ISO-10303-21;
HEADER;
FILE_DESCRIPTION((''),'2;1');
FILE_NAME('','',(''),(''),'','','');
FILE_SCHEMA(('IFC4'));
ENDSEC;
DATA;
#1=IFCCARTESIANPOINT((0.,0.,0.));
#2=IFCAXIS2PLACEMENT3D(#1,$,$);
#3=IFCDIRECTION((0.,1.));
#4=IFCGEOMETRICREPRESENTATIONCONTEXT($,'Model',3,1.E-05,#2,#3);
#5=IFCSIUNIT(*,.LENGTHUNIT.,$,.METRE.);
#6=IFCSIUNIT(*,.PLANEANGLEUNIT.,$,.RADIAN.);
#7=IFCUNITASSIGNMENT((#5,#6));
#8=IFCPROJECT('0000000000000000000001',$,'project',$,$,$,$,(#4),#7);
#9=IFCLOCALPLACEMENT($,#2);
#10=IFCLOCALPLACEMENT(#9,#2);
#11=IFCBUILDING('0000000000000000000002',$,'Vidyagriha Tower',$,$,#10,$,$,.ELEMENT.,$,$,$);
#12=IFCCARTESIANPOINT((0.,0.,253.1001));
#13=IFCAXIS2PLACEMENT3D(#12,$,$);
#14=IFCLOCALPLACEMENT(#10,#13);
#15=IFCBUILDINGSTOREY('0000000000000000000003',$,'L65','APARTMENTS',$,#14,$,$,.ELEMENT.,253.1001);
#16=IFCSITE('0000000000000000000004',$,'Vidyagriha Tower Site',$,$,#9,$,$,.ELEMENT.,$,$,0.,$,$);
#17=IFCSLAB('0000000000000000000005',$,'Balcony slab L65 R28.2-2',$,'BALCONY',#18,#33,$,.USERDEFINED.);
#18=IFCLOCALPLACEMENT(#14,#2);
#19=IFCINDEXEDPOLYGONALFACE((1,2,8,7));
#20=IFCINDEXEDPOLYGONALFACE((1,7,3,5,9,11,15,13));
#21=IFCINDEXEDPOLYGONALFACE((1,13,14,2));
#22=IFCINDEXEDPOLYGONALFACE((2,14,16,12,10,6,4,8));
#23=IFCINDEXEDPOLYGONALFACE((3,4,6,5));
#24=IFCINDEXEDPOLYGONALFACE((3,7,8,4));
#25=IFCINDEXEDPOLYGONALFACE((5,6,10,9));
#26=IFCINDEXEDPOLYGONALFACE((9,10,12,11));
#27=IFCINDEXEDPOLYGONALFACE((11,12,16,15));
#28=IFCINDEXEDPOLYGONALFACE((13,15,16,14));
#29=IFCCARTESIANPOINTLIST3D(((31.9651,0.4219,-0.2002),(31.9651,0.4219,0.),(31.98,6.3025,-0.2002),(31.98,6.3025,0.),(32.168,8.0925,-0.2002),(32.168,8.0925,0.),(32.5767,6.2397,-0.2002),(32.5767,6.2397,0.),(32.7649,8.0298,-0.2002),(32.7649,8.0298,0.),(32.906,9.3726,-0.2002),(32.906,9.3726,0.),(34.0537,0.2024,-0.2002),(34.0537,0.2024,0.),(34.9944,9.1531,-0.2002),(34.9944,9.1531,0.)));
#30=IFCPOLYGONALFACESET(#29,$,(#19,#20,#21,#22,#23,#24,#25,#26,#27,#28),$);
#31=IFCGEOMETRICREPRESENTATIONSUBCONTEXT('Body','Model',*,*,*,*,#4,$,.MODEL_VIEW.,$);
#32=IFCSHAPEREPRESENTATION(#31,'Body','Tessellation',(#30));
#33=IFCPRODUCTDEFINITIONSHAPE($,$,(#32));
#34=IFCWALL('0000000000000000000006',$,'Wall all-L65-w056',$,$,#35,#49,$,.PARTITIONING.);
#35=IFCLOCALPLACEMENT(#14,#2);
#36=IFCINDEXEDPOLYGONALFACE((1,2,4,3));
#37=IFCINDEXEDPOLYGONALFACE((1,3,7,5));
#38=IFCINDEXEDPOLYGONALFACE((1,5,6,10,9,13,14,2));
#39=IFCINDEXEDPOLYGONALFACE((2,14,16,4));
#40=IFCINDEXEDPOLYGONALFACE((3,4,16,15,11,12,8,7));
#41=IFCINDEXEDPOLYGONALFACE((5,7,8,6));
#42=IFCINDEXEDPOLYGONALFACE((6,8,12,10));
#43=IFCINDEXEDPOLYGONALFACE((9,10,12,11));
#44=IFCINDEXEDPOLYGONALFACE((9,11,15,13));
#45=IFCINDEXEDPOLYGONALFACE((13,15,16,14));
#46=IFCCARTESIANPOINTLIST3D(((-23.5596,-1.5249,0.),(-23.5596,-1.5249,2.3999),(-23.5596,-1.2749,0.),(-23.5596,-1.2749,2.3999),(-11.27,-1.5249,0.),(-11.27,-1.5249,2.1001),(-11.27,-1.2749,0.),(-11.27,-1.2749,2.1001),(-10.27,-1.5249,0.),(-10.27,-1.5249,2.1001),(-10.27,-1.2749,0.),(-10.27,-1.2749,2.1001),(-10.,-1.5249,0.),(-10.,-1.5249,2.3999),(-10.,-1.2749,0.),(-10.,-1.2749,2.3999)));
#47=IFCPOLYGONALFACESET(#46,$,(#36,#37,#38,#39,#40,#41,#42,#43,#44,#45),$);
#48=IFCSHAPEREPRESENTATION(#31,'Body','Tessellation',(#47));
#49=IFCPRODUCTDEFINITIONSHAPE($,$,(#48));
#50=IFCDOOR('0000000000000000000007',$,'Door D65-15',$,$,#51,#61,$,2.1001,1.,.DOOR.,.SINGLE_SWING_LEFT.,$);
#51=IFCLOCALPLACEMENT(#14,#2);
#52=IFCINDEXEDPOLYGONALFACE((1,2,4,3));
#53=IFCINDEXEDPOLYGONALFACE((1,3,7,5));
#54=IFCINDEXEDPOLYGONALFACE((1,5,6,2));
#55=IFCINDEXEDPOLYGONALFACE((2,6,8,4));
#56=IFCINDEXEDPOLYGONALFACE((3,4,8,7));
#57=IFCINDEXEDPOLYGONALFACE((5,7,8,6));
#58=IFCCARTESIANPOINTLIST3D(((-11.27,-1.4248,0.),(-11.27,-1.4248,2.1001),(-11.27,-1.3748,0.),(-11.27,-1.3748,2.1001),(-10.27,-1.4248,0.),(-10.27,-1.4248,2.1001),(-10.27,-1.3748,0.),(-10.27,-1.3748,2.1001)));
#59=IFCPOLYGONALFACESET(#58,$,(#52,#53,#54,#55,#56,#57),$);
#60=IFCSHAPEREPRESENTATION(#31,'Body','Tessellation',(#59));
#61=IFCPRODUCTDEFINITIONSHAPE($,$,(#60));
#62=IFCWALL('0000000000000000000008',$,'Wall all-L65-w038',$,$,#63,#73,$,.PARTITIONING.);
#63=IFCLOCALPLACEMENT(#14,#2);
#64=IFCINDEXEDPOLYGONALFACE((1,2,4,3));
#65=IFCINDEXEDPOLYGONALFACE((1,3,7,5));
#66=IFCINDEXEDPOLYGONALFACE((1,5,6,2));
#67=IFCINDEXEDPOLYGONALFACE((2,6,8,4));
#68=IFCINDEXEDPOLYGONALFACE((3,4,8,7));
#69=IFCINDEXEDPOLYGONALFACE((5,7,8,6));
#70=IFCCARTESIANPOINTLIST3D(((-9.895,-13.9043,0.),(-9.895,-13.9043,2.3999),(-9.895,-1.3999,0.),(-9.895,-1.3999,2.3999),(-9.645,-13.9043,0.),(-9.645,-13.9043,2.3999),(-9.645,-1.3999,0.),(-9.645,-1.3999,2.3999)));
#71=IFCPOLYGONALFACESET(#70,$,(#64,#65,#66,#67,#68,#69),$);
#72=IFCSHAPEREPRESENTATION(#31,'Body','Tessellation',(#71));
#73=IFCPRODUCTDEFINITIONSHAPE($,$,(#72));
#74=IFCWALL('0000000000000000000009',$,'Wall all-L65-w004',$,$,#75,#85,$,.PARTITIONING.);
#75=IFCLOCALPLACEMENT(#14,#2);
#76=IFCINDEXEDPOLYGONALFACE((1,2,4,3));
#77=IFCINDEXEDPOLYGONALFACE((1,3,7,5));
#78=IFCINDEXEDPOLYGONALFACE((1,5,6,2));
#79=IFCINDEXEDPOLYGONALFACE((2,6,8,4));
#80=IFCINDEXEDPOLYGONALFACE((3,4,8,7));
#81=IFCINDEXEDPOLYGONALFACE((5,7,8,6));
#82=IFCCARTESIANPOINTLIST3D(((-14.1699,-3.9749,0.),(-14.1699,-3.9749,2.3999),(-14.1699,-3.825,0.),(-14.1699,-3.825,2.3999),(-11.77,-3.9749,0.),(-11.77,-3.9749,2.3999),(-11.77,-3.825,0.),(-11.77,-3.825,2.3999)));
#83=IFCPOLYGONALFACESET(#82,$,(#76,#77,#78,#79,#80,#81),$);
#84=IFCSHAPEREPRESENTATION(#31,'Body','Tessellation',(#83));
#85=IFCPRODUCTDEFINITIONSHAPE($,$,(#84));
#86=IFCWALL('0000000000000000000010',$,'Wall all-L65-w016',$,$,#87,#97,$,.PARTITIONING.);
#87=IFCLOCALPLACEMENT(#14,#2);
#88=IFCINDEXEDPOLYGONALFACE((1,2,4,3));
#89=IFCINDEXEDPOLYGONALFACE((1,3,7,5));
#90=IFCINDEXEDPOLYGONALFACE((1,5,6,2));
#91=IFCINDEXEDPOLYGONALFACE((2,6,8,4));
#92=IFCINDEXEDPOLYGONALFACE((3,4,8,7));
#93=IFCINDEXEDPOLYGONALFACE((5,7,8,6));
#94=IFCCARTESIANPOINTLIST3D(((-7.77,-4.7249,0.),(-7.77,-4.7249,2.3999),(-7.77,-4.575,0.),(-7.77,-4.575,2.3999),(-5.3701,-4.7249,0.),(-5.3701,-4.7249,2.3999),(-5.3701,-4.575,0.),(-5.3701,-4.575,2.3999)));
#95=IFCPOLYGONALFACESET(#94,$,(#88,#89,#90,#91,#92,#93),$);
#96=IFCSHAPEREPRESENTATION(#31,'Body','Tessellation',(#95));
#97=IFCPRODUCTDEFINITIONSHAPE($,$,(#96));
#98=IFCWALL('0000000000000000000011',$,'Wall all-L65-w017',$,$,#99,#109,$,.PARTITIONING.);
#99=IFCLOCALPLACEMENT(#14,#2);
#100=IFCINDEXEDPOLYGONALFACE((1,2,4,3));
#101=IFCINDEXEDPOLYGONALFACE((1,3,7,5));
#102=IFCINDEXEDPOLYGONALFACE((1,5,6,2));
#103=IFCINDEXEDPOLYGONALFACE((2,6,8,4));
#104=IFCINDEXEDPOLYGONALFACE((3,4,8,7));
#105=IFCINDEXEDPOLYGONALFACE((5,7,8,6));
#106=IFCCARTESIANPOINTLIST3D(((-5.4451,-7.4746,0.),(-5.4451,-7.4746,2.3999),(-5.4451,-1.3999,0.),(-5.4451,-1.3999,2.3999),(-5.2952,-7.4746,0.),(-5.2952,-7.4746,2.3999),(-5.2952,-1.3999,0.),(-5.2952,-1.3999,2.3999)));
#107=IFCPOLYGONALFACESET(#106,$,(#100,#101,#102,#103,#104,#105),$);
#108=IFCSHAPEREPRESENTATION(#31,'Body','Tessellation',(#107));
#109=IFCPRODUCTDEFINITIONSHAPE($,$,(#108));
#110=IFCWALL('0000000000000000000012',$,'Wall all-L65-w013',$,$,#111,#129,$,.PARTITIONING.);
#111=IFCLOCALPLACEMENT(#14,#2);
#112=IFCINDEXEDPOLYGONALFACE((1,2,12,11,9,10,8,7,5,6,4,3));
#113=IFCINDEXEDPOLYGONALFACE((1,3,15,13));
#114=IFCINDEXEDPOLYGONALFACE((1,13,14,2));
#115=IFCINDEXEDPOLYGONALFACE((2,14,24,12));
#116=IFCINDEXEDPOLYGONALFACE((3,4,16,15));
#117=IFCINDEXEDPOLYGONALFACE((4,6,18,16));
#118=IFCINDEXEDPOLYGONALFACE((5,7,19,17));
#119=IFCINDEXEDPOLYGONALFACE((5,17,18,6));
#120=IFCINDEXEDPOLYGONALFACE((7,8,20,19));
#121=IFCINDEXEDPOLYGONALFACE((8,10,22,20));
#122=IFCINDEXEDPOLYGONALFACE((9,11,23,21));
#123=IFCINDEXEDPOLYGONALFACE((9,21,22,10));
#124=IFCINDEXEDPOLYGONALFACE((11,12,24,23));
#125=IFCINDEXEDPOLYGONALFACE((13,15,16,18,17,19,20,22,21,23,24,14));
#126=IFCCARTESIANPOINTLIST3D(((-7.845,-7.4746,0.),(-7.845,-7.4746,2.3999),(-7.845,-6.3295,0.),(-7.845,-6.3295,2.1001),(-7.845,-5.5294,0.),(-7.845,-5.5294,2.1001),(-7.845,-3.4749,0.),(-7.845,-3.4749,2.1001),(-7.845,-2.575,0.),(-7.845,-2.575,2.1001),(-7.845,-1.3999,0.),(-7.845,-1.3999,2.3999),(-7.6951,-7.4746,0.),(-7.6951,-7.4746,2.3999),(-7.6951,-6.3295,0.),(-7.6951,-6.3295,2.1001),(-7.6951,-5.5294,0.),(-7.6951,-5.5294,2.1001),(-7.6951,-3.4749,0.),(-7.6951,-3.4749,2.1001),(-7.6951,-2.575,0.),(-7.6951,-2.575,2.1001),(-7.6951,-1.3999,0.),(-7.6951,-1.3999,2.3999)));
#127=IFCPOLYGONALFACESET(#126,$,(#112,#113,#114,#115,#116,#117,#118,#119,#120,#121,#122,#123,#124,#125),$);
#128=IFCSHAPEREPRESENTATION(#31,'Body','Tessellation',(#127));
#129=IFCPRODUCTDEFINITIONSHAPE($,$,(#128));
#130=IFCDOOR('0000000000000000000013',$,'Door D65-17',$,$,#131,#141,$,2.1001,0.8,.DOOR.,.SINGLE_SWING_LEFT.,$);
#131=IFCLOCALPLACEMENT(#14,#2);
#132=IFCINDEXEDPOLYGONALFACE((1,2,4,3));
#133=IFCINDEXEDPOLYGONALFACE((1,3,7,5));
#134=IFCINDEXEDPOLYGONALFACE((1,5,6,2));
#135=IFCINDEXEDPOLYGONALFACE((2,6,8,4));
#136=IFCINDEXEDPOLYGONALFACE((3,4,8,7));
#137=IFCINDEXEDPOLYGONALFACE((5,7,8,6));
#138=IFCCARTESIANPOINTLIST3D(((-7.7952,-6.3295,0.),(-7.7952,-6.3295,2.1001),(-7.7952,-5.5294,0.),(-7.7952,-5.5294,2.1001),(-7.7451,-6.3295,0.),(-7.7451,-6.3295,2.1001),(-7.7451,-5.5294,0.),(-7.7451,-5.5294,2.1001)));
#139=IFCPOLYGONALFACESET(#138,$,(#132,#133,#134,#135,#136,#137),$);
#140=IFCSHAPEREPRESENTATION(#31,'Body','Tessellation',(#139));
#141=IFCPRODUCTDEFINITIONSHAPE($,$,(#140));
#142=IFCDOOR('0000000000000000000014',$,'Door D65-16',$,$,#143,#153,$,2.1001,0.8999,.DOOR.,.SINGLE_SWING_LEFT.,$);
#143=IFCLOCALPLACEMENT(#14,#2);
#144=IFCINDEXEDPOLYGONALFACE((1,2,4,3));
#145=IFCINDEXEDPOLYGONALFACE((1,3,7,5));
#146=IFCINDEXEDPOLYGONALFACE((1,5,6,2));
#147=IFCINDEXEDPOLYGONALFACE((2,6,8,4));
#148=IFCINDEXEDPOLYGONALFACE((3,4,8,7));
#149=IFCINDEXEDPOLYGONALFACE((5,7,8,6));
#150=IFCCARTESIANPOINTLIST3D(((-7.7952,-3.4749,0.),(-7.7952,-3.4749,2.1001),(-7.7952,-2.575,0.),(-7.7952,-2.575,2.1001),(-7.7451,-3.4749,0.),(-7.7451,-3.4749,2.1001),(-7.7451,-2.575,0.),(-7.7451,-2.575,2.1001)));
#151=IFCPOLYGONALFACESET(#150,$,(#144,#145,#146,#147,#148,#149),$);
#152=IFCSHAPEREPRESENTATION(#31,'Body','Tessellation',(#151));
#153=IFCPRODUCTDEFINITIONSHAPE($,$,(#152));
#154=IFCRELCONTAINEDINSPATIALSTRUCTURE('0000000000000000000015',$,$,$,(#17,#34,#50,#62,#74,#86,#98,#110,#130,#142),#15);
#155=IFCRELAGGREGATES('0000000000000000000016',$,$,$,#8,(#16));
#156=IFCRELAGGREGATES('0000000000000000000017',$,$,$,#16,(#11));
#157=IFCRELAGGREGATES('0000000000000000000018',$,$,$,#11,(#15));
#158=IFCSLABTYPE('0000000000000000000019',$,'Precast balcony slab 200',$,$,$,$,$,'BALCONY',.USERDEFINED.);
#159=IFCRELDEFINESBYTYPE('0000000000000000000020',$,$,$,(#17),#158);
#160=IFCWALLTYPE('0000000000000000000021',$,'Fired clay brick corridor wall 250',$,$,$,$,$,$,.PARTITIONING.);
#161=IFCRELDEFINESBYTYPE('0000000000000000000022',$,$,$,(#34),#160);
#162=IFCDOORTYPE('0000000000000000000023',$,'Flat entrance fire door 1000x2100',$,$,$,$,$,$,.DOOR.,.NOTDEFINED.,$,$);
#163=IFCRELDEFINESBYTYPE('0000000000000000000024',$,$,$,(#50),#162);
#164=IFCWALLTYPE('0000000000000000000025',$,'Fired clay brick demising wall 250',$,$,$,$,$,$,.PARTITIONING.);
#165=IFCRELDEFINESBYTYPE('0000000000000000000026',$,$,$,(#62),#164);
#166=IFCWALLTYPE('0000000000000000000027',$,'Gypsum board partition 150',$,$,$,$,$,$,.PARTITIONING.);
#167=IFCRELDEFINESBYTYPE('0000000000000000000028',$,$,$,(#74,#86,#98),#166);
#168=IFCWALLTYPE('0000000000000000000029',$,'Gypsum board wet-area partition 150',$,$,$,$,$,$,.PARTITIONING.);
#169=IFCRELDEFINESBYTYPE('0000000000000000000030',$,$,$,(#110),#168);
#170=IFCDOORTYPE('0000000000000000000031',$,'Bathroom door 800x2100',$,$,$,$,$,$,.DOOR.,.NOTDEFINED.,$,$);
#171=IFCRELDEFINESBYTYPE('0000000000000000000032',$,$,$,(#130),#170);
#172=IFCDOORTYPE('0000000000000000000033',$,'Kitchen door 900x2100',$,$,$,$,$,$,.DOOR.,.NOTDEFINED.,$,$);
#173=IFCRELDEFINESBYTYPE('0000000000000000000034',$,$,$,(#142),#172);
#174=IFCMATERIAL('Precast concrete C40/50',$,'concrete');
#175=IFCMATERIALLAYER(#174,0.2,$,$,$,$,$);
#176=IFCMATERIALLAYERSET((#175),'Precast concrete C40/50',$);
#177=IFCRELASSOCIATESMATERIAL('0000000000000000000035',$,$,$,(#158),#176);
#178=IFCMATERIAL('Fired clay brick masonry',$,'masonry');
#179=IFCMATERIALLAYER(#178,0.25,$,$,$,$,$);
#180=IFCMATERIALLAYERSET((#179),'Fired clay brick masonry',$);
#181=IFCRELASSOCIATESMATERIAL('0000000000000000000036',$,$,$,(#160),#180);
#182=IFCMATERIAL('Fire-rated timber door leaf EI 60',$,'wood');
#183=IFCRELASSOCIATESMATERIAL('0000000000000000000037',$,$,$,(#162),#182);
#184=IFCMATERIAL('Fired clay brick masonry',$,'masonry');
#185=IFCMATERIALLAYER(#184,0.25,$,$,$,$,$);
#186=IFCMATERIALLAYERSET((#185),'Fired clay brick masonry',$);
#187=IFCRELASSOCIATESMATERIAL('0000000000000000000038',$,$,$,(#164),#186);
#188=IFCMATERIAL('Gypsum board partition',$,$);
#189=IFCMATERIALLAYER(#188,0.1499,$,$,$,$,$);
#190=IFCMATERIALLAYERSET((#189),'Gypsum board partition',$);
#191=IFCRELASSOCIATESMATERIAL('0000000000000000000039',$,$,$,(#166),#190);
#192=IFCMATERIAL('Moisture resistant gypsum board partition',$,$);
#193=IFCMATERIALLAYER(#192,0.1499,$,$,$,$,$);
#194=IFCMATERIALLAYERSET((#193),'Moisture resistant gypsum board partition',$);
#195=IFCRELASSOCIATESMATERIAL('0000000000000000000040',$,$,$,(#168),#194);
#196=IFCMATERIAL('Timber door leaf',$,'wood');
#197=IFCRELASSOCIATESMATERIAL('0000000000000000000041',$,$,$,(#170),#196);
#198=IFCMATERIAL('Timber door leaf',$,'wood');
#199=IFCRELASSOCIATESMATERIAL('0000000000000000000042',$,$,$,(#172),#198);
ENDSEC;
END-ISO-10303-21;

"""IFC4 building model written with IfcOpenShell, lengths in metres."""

from ifc_helpers import new_model, si_unit, direction, frame, frame_2d, origin, place, context, subcontext, project, spatial, polyline, rectangle, outline, extrude, material, layer, layer_set, type_object, element, fill, save


model = new_model("IFC4")

# Units and contexts
model_context = context("Model", 3, precision=1e-05, world=origin(), true_north=direction((0.0, 1.0)))
body_context = subcontext(model_context, "Body", "Model", "MODEL_VIEW")
ifc_project = project(units=[si_unit("LENGTHUNIT", "METRE"), si_unit("PLANEANGLEUNIT", "RADIAN")], contexts=[model_context])

# Site, building, storey
site_placement = place(None, origin())
site = spatial("IfcSite", under=ifc_project, at=site_placement, Name="Vidyagriha Tower Site", CompositionType="ELEMENT", RefElevation=0.0)
building_placement = place(site_placement, origin())
building = spatial("IfcBuilding", under=site, at=building_placement, Name="Vidyagriha Tower", CompositionType="ELEMENT")
storey_placement = place(building_placement, frame((0.0, 0.0, 253.1001)))
storey = spatial("IfcBuildingStorey", under=building, at=storey_placement, Name="L65", Description="APARTMENTS", CompositionType="ELEMENT", Elevation=253.1001)

# Slab
ifc_material_1 = material(Name="Precast concrete C40/50", Category="concrete")
ifc_layer_1 = layer(ifc_material_1, 0.2)
ifc_layer_set_1 = layer_set([ifc_layer_1], Name="Precast concrete C40/50")
slab_type_1 = type_object("IfcSlabType", Name="Precast balcony slab 200", ElementType="BALCONY", PredefinedType="USERDEFINED", material=ifc_layer_set_1)
slab_1_placement = place(storey_placement, frame((0.0, 0.0, -0.2002)))
element("IfcSlab", 1, at=slab_1_placement, inside=storey, type_object=slab_type_1, Name="Balcony slab L65 R28.2-2", ObjectType="BALCONY", PredefinedType="USERDEFINED", context=body_context, shape_type="SweptSolid", body=[
    extrude(outline(polyline([(32.5767, 6.2397), (31.9651, 0.4219), (34.0537, 0.2024), (34.9944, 9.1531), (32.906, 9.3726), (32.7649, 8.0298), (32.168, 8.0925), (31.98, 6.3025), (32.5767, 6.2397)])), origin(), (0.0, 0.0, 1.0), 0.2002),
])

# Wall, opening, door
ifc_material_2 = material(Name="Fired clay brick masonry", Category="masonry")
ifc_layer_2 = layer(ifc_material_2, 0.25)
ifc_layer_set_2 = layer_set([ifc_layer_2], Name="Fired clay brick masonry")
wall_type_1 = type_object("IfcWallType", Name="Fired clay brick corridor wall 250", PredefinedType="PARTITIONING", material=ifc_layer_set_2)
wall_1_placement = place(storey_placement, frame((-10.0, -1.3999, 0.0), z_axis=(0.0, 0.0, 1.0), x_axis=(-1.0, 0.0, 0.0)))
wall_1 = element("IfcWall", 2, at=wall_1_placement, inside=storey, type_object=wall_type_1, Name="Wall all-L65-w056", PredefinedType="PARTITIONING", context=body_context, shape_type="SweptSolid", body=[
    extrude(rectangle(XDim=13.5596, YDim=0.25, at=frame_2d((6.7798, 0.0))), origin(), (0.0, 0.0, 1.0), 2.3999),
])
opening_1_placement = place(wall_1_placement, frame((0.27, 0.0, 0.0)))
opening_1 = element("IfcOpeningElement", 3, at=opening_1_placement, cuts=wall_1, PredefinedType="OPENING", context=body_context, shape_type="SweptSolid", body=[
    extrude(rectangle(XDim=1.0, YDim=2.1001, at=frame_2d((0.5, 1.05))), frame((0.0, 0.135, 0.0), z_axis=(0.0, -1.0, 0.0), x_axis=(1.0, 0.0, 0.0)), (0.0, 0.0, 1.0), 0.27),
])
ifc_material_3 = material(Name="Fire-rated timber door leaf EI 60", Category="wood")
door_type_1 = type_object("IfcDoorType", Name="Flat entrance fire door 1000x2100", OperationType="NOTDEFINED", PredefinedType="DOOR", material=ifc_material_3)
door_1_placement = place(opening_1_placement, origin())
door_1 = element("IfcDoor", 4, at=door_1_placement, inside=storey, type_object=door_type_1, Name="Door D65-15", OperationType="SINGLE_SWING_LEFT", OverallHeight=2.1001, OverallWidth=1.0, PredefinedType="DOOR", context=body_context, shape_type="SweptSolid", body=[
    extrude(rectangle(XDim=1.0, YDim=2.1001, at=frame_2d((0.5, 1.05))), frame((0.0, 0.0249, 0.0), z_axis=(0.0, -1.0, 0.0), x_axis=(1.0, 0.0, 0.0)), (0.0, 0.0, 1.0), 0.05),
])
fill(opening_1, door_1)

# Walls
ifc_material_4 = material(Name="Fired clay brick masonry", Category="masonry")
ifc_layer_3 = layer(ifc_material_4, 0.25)
ifc_layer_set_3 = layer_set([ifc_layer_3], Name="Fired clay brick masonry")
wall_type_2 = type_object("IfcWallType", Name="Fired clay brick demising wall 250", PredefinedType="PARTITIONING", material=ifc_layer_set_3)
wall_2_placement = place(storey_placement, frame((-9.77, -1.3999, 0.0), z_axis=(0.0, 0.0, 1.0), x_axis=(0.0, -1.0, 0.0)))
element("IfcWall", 5, at=wall_2_placement, inside=storey, type_object=wall_type_2, Name="Wall all-L65-w038", PredefinedType="PARTITIONING", context=body_context, shape_type="SweptSolid", body=[
    extrude(rectangle(XDim=12.5044, YDim=0.25, at=frame_2d((6.2522, 0.0))), origin(), (0.0, 0.0, 1.0), 2.3999),
])
ifc_material_5 = material(Name="Gypsum board partition")
ifc_layer_4 = layer(ifc_material_5, 0.1499)
ifc_layer_set_4 = layer_set([ifc_layer_4], Name="Gypsum board partition")
wall_type_3 = type_object("IfcWallType", Name="Gypsum board partition 150", PredefinedType="PARTITIONING", material=ifc_layer_set_4)
for number, where, z_axis, x_axis, name in (
    (6, (-11.77, -3.8999, 0.0), (0.0, 0.0, 1.0), (-1.0, 0.0, 0.0), "Wall all-L65-w004"),
    (7, (-5.3701, -4.6499, 0.0), (0.0, 0.0, 1.0), (-1.0, 0.0, 0.0), "Wall all-L65-w016"),
):
    element("IfcWall", number, at=place(storey_placement, frame(where, z_axis=z_axis, x_axis=x_axis)), inside=storey, type_object=wall_type_3, Name=name, PredefinedType="PARTITIONING", context=body_context, shape_type="SweptSolid", body=[
        extrude(rectangle(XDim=2.3999, YDim=0.1499, at=frame_2d((1.2, 0.0))), origin(), (0.0, 0.0, 1.0), 2.3999),
    ])
wall_3_placement = place(storey_placement, frame((-5.3701, -1.3999, 0.0), z_axis=(0.0, 0.0, 1.0), x_axis=(0.0, -1.0, 0.0)))
element("IfcWall", 8, at=wall_3_placement, inside=storey, type_object=wall_type_3, Name="Wall all-L65-w017", PredefinedType="PARTITIONING", context=body_context, shape_type="SweptSolid", body=[
    extrude(rectangle(XDim=6.0747, YDim=0.1499, at=frame_2d((3.0374, 0.0))), origin(), (0.0, 0.0, 1.0), 2.3999),
])

# Wall, openings, doors
ifc_material_6 = material(Name="Moisture resistant gypsum board partition")
ifc_layer_5 = layer(ifc_material_6, 0.1499)
ifc_layer_set_5 = layer_set([ifc_layer_5], Name="Moisture resistant gypsum board partition")
wall_type_4 = type_object("IfcWallType", Name="Gypsum board wet-area partition 150", PredefinedType="PARTITIONING", material=ifc_layer_set_5)
wall_4_placement = place(storey_placement, frame((-7.77, -1.3999, 0.0), z_axis=(0.0, 0.0, 1.0), x_axis=(0.0, -1.0, 0.0)))
wall_4 = element("IfcWall", 9, at=wall_4_placement, inside=storey, type_object=wall_type_4, Name="Wall all-L65-w013", PredefinedType="PARTITIONING", context=body_context, shape_type="SweptSolid", body=[
    extrude(rectangle(XDim=6.0747, YDim=0.1499, at=frame_2d((3.0374, 0.0))), origin(), (0.0, 0.0, 1.0), 2.3999),
])
opening_2_placement = place(wall_4_placement, frame((1.175, 0.0, 0.0)))
opening_2 = element("IfcOpeningElement", 10, at=opening_2_placement, cuts=wall_4, PredefinedType="OPENING", context=body_context, shape_type="SweptSolid", body=[
    extrude(rectangle(XDim=0.8999, YDim=2.1001, at=frame_2d((0.45, 1.05))), frame((0.0, 0.085, 0.0), z_axis=(0.0, -1.0, 0.0), x_axis=(1.0, 0.0, 0.0)), (0.0, 0.0, 1.0), 0.1699),
])
opening_3_placement = place(wall_4_placement, frame((4.1296, 0.0, 0.0)))
opening_3 = element("IfcOpeningElement", 11, at=opening_3_placement, cuts=wall_4, PredefinedType="OPENING", context=body_context, shape_type="SweptSolid", body=[
    extrude(rectangle(XDim=0.8, YDim=2.1001, at=frame_2d((0.3999, 1.05))), frame((0.0, 0.085, 0.0), z_axis=(0.0, -1.0, 0.0), x_axis=(1.0, 0.0, 0.0)), (0.0, 0.0, 1.0), 0.1699),
])
ifc_material_7 = material(Name="Timber door leaf", Category="wood")
door_type_2 = type_object("IfcDoorType", Name="Bathroom door 800x2100", OperationType="NOTDEFINED", PredefinedType="DOOR", material=ifc_material_7)
door_2_placement = place(opening_3_placement, origin())
door_2 = element("IfcDoor", 12, at=door_2_placement, inside=storey, type_object=door_type_2, Name="Door D65-17", OperationType="SINGLE_SWING_LEFT", OverallHeight=2.1001, OverallWidth=0.8, PredefinedType="DOOR", context=body_context, shape_type="SweptSolid", body=[
    extrude(rectangle(XDim=0.8, YDim=2.1001, at=frame_2d((0.3999, 1.05))), frame((0.0, 0.0249, 0.0), z_axis=(0.0, -1.0, 0.0), x_axis=(1.0, 0.0, 0.0)), (0.0, 0.0, 1.0), 0.05),
])
fill(opening_3, door_2)
ifc_material_8 = material(Name="Timber door leaf", Category="wood")
door_type_3 = type_object("IfcDoorType", Name="Kitchen door 900x2100", OperationType="NOTDEFINED", PredefinedType="DOOR", material=ifc_material_8)
door_3_placement = place(opening_2_placement, origin())
door_3 = element("IfcDoor", 13, at=door_3_placement, inside=storey, type_object=door_type_3, Name="Door D65-16", OperationType="SINGLE_SWING_LEFT", OverallHeight=2.1001, OverallWidth=0.8999, PredefinedType="DOOR", context=body_context, shape_type="SweptSolid", body=[
    extrude(rectangle(XDim=0.8999, YDim=2.1001, at=frame_2d((0.45, 1.05))), frame((0.0, 0.0249, 0.0), z_axis=(0.0, -1.0, 0.0), x_axis=(1.0, 0.0, 0.0)), (0.0, 0.0, 1.0), 0.05),
])
fill(opening_2, door_3)

save(model, "model.ifc")
